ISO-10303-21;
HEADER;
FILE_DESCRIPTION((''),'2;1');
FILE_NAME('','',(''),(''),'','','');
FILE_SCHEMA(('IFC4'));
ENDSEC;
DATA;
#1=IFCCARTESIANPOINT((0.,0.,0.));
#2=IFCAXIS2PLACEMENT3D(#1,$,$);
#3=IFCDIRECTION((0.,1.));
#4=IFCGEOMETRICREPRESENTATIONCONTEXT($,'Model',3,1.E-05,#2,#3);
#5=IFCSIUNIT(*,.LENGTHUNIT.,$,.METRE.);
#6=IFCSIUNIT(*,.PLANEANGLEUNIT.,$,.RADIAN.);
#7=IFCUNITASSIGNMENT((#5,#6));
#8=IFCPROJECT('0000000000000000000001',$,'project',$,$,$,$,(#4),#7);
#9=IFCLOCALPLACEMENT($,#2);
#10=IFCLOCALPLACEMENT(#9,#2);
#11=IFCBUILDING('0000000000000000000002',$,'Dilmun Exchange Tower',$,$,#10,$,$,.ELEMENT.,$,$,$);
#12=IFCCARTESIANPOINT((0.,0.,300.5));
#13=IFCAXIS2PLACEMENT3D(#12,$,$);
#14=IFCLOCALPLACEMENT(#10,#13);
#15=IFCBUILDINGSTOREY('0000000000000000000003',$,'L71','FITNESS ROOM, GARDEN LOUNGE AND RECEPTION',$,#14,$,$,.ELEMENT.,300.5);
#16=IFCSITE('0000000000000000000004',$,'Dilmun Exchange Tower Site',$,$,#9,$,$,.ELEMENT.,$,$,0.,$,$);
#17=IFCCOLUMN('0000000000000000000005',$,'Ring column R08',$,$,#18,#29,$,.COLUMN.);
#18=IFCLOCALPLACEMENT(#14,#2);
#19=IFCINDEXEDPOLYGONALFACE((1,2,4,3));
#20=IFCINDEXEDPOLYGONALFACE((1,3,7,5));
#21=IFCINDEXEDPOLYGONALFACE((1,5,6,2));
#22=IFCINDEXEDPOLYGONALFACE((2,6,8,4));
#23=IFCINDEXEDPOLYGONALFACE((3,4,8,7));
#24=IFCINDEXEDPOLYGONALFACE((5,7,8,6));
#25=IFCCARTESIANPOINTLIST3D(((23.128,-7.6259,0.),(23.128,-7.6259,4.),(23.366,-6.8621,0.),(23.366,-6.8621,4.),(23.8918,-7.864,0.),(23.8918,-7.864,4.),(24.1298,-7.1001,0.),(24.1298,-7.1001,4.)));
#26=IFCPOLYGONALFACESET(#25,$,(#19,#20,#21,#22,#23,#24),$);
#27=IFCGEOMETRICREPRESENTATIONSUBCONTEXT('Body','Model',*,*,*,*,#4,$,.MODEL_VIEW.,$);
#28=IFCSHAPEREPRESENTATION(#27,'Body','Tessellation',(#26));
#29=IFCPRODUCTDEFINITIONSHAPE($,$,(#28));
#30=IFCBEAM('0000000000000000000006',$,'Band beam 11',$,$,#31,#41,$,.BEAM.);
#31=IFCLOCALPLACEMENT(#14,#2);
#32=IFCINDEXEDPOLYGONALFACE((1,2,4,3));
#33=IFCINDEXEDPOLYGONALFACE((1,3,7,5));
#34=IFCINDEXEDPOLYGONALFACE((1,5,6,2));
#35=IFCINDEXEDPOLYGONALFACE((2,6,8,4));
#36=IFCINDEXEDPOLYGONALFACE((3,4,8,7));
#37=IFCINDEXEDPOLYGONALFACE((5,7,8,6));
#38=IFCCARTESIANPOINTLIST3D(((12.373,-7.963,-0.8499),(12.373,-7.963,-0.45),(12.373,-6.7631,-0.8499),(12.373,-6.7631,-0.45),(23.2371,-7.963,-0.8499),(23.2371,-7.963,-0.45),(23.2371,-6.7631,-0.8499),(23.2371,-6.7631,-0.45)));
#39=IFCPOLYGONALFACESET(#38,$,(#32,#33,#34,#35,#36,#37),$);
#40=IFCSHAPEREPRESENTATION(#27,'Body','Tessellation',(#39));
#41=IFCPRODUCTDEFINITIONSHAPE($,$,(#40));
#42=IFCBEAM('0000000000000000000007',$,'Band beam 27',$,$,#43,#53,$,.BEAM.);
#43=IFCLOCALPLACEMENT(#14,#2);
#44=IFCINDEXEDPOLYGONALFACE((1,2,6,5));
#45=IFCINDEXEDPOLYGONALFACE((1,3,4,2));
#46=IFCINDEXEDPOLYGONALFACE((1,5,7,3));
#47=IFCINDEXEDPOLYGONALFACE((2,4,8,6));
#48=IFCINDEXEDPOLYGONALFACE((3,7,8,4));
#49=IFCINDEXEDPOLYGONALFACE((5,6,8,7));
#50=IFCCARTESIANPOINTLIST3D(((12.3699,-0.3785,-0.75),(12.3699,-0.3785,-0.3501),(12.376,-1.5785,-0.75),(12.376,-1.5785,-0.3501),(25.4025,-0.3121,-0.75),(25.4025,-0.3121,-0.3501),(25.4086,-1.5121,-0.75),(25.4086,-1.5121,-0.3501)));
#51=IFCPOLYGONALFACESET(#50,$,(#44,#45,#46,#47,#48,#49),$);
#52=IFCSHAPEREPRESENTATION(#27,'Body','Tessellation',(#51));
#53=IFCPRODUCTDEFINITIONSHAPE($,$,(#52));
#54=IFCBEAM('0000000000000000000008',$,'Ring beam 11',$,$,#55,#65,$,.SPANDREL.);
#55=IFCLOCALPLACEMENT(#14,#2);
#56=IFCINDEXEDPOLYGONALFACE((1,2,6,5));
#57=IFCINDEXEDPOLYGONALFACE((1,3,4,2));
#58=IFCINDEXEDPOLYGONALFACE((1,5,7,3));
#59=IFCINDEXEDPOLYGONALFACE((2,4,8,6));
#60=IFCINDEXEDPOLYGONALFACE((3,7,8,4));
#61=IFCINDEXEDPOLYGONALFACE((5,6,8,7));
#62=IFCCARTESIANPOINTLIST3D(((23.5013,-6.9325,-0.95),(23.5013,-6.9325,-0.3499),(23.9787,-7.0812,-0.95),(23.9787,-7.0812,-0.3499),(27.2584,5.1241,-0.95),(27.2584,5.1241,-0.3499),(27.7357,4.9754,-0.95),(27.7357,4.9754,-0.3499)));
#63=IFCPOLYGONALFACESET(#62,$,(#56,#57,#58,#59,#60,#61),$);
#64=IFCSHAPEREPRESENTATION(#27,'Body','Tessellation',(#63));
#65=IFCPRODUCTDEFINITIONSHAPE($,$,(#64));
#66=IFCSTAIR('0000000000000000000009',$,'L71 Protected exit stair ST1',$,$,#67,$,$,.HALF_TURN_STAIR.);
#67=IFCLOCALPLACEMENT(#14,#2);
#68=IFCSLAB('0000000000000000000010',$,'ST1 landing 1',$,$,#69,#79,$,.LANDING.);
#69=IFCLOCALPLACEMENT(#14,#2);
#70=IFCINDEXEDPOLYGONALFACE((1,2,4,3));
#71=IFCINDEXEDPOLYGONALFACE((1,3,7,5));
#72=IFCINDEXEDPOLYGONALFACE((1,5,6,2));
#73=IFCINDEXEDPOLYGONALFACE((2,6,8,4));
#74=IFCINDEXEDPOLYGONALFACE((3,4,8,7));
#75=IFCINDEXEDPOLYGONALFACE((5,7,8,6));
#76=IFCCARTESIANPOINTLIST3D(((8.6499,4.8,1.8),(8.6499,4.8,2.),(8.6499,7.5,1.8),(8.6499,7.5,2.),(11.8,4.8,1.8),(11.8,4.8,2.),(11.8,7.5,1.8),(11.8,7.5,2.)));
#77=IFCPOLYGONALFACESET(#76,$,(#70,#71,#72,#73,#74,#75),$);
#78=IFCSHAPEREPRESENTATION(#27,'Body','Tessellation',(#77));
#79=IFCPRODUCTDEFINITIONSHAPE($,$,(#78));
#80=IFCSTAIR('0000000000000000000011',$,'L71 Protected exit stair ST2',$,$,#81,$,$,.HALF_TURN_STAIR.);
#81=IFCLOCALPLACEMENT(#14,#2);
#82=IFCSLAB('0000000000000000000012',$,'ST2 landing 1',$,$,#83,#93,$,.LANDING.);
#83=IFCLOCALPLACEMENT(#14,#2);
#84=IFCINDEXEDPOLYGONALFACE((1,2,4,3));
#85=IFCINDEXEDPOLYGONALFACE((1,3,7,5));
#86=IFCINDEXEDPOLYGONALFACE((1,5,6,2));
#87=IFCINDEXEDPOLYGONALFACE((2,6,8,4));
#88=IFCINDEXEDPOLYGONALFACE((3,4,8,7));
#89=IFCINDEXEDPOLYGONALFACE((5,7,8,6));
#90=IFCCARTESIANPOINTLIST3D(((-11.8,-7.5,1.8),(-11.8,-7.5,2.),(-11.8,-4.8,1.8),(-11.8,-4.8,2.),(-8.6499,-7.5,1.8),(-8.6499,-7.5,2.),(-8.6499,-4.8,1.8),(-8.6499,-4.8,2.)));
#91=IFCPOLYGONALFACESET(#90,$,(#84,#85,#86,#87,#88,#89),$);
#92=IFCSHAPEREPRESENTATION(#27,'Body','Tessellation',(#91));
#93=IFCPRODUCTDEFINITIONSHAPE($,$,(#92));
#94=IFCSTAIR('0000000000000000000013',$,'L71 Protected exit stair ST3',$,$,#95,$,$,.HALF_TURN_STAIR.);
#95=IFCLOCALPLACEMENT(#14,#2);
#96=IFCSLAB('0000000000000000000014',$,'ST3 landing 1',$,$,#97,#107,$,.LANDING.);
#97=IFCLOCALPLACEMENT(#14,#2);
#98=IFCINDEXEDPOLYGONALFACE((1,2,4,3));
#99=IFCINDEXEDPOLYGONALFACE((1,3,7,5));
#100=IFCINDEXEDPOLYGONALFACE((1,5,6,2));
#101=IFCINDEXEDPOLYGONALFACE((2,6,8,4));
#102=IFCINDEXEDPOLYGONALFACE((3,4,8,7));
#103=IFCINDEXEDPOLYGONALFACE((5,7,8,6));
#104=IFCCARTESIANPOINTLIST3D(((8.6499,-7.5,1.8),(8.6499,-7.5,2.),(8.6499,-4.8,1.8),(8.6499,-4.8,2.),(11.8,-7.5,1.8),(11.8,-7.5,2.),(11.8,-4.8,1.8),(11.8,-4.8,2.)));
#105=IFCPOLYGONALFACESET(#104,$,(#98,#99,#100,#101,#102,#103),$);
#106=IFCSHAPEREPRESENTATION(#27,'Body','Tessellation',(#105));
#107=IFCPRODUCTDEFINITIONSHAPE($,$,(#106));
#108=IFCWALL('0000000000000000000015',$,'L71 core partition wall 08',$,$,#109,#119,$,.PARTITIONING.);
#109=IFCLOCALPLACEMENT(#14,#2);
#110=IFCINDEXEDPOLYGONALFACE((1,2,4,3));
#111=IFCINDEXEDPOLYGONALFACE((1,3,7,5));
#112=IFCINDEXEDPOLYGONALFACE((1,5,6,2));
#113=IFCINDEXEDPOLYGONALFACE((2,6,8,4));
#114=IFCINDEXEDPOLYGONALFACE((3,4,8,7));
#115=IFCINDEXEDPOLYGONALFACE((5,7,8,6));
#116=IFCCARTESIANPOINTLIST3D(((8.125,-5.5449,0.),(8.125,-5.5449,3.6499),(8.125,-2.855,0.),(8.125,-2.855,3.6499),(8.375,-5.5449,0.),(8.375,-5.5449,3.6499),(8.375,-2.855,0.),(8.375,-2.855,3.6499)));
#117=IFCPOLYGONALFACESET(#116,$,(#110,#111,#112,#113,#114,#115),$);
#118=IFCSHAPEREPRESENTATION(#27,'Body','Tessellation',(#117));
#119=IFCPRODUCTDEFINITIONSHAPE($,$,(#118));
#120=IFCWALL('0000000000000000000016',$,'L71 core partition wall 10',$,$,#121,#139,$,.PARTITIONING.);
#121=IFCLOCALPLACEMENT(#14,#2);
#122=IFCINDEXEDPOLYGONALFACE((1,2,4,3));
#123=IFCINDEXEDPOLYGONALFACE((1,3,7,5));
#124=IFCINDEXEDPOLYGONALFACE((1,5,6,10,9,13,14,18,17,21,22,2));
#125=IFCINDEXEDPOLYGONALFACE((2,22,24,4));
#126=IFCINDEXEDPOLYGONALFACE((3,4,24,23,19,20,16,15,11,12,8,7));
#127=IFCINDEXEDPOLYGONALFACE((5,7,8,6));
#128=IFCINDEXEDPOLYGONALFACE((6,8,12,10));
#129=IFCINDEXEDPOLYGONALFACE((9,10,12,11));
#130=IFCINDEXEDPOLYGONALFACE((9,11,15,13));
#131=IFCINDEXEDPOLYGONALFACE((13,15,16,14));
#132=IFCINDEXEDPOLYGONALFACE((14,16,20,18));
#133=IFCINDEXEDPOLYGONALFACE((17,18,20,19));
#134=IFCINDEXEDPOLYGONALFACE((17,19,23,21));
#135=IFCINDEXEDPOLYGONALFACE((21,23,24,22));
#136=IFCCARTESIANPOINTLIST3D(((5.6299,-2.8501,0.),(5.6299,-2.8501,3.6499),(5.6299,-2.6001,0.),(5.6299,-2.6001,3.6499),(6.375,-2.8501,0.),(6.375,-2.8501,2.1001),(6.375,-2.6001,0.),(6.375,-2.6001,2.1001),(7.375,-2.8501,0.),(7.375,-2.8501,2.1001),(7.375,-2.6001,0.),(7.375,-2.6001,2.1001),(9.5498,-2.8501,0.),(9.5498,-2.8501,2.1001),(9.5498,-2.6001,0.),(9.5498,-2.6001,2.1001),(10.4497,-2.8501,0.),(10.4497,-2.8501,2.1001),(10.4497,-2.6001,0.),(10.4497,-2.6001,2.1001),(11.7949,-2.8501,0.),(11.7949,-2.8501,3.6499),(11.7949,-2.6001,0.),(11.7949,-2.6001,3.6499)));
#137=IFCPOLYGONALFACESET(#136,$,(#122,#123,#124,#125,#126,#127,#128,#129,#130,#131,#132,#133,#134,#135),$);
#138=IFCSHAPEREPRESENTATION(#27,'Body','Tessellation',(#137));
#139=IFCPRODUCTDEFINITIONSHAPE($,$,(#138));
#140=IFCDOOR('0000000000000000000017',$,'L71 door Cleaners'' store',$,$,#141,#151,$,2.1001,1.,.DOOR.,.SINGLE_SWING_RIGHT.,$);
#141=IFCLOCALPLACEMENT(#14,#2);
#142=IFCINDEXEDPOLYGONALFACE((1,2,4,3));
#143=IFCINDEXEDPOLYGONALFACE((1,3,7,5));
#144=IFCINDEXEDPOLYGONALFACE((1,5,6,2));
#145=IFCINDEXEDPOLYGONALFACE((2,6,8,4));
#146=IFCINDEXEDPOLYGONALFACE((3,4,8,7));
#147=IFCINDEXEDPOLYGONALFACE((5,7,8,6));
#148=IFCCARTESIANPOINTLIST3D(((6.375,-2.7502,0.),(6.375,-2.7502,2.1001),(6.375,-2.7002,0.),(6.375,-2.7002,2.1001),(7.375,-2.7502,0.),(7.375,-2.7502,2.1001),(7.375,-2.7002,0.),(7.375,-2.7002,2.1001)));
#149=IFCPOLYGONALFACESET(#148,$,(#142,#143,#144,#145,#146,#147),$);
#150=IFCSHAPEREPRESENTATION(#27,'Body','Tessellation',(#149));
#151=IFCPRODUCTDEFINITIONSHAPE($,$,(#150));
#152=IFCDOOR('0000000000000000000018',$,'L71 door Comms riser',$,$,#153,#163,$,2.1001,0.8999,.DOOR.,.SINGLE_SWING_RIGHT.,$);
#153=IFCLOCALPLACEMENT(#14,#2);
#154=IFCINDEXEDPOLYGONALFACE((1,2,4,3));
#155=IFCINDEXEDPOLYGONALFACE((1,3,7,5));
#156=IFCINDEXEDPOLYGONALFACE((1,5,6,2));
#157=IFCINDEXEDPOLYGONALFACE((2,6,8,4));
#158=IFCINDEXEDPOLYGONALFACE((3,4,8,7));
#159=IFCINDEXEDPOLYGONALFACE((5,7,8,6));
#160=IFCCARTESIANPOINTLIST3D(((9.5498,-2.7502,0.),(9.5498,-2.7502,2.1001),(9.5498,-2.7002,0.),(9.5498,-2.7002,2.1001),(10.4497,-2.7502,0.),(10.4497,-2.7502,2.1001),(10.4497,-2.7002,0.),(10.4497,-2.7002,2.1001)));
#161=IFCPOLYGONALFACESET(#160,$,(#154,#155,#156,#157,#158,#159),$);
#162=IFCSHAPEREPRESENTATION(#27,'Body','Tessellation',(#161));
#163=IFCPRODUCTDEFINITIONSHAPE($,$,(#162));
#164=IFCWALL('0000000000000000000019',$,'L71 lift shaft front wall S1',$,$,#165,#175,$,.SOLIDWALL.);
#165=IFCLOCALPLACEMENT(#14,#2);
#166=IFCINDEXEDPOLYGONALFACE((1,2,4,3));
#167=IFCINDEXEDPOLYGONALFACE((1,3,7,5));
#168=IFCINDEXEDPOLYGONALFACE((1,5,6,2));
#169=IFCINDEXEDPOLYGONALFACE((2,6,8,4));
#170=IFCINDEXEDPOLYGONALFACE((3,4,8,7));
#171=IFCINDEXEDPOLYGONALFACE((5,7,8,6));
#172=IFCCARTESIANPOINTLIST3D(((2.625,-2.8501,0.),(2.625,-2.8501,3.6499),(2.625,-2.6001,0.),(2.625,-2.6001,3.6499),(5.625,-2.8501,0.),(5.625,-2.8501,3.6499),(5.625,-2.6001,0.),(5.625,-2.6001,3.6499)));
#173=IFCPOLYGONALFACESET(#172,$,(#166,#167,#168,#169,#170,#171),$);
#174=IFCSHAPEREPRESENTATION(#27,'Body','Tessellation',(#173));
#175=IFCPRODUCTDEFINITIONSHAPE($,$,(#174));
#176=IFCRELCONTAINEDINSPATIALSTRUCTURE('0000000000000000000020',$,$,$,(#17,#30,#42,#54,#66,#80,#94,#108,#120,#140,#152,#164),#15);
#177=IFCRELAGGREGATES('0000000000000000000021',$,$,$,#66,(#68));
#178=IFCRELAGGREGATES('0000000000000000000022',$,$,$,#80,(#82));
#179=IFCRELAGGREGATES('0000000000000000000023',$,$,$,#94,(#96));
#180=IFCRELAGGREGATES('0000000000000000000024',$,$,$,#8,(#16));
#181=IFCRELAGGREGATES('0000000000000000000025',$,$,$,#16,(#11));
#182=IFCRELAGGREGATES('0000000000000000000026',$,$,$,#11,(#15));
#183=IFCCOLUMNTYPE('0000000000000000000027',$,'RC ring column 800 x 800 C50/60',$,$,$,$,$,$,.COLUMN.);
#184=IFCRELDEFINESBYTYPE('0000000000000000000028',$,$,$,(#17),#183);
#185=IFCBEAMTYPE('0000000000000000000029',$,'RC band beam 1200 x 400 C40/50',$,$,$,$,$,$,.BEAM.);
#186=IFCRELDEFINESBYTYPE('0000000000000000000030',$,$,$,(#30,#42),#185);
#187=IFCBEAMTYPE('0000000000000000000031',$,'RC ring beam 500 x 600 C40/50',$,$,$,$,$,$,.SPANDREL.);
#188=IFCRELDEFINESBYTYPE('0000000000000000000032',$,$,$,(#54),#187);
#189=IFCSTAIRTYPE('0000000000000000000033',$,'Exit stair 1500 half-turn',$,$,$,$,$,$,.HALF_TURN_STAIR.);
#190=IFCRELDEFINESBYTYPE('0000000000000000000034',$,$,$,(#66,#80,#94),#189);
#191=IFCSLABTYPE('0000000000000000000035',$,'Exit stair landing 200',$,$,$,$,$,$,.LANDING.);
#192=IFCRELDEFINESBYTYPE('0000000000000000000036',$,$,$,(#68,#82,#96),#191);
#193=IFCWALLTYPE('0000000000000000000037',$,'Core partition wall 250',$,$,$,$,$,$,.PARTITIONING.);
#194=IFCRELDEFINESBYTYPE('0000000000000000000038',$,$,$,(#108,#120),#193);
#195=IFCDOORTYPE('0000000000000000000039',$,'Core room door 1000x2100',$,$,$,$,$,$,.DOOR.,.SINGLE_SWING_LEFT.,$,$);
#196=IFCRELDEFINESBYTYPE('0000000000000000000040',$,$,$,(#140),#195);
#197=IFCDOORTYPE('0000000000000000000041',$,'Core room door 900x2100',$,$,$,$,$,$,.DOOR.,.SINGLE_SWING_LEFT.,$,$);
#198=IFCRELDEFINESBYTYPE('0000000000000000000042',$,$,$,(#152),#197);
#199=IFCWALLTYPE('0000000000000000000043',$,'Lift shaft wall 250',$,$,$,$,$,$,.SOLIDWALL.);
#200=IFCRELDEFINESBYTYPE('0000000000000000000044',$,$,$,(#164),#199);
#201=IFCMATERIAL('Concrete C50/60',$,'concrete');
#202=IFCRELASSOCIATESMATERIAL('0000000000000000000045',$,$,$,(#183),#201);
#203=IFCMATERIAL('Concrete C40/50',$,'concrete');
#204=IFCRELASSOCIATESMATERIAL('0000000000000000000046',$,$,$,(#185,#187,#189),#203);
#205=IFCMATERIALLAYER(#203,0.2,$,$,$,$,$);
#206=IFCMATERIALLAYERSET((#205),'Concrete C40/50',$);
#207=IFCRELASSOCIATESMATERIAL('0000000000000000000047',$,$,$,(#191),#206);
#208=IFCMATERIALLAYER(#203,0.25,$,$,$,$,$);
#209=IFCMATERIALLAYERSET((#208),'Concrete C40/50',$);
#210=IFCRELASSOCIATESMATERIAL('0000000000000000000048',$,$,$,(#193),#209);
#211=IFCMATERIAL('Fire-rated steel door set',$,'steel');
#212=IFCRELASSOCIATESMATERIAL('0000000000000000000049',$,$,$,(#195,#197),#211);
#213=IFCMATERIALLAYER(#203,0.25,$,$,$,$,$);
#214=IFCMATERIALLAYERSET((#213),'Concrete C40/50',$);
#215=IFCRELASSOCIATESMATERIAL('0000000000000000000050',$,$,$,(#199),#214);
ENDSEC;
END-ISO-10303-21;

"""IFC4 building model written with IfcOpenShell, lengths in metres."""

from ifc_helpers import new_model, si_unit, direction, frame, frame_2d, origin, origin_2d, place, context, subcontext, project, spatial, polyline, rectangle, outline, extrude, material, layer, layer_set, material_profile, profile_set, type_object, element, fill, aggregate, save


model = new_model("IFC4")

# Units and contexts
model_context = context("Model", 3, precision=1e-05, world=origin(), true_north=direction((0.0, 1.0)))
body_context = subcontext(model_context, "Body", "Model", "MODEL_VIEW")
ifc_project = project(units=[si_unit("LENGTHUNIT", "METRE"), si_unit("PLANEANGLEUNIT", "RADIAN")], contexts=[model_context])

# Site, building, storey
site_placement = place(None, origin())
site = spatial("IfcSite", under=ifc_project, at=site_placement, Name="Dilmun Exchange Tower Site", CompositionType="ELEMENT", RefElevation=0.0)
building_placement = place(site_placement, origin())
building = spatial("IfcBuilding", under=site, at=building_placement, Name="Dilmun Exchange Tower", CompositionType="ELEMENT")
storey_placement = place(building_placement, frame((0.0, 0.0, 300.5)))
storey = spatial("IfcBuildingStorey", under=building, at=storey_placement, Name="L71", Description="FITNESS ROOM, GARDEN LOUNGE AND RECEPTION", CompositionType="ELEMENT", Elevation=300.5)

# Column
ifc_material_1 = material(Name="Concrete C50/60", Category="concrete")
ifc_material_profile_1 = material_profile(ifc_material_1, rectangle(XDim=0.8, YDim=0.8, at=origin_2d()), Name="800 x 800")
ifc_profile_set_1 = profile_set([ifc_material_profile_1], Name="Concrete C50/60")
column_type = type_object("IfcColumnType", Name="RC ring column 800 x 800 C50/60", PredefinedType="COLUMN", material=ifc_profile_set_1)
column_placement = place(storey_placement, frame((23.6289, -7.363, 0.0), z_axis=(0.0, 0.0, 1.0), x_axis=(0.297503, 0.954721, 0.0)))
element("IfcColumn", 1, at=column_placement, inside=storey, type_object=column_type, Name="Ring column R08", PredefinedType="COLUMN", context=body_context, shape_type="SweptSolid", body=[
    extrude(rectangle(XDim=0.8, YDim=0.8, at=origin_2d()), origin(), (0.0, 0.0, 1.0), 4.0),
])

# Beams
ifc_material_2 = material(Name="Concrete C40/50", Category="concrete")
ifc_material_profile_2 = material_profile(ifc_material_2, rectangle(XDim=1.2, YDim=0.3999, at=origin_2d()), Name="1200 x 400")
ifc_profile_set_2 = profile_set([ifc_material_profile_2], Name="Concrete C40/50")
beam_type_1 = type_object("IfcBeamType", Name="RC band beam 1200 x 400 C40/50", PredefinedType="BEAM", material=ifc_profile_set_2)
beam_1_placement = place(storey_placement, frame((23.2371, -7.363, -0.6499), z_axis=(-1.0, 0.0, 0.0), x_axis=(0.0, -1.0, 0.0)))
element("IfcBeam", 2, at=beam_1_placement, inside=storey, type_object=beam_type_1, Name="Band beam 11", PredefinedType="BEAM", context=body_context, shape_type="SweptSolid", body=[
    extrude(rectangle(XDim=1.2, YDim=0.3999, at=origin_2d()), origin(), (0.0, 0.0, 1.0), 10.864),
])
beam_2_placement = place(storey_placement, frame((25.4055, -0.9121, -0.55), z_axis=(-0.999987, -0.005095, 0.0), x_axis=(0.005095, -0.999987, 0.0)))
element("IfcBeam", 3, at=beam_2_placement, inside=storey, type_object=beam_type_1, Name="Band beam 27", PredefinedType="BEAM", context=body_context, shape_type="SweptSolid", body=[
    extrude(rectangle(XDim=1.2, YDim=0.3999, at=origin_2d()), origin(), (0.0, 0.0, 1.0), 13.0327),
])
ifc_material_profile_3 = material_profile(ifc_material_2, rectangle(XDim=0.5, YDim=0.6001, at=origin_2d()), Name="500 x 600")
ifc_profile_set_3 = profile_set([ifc_material_profile_3], Name="Concrete C40/50")
beam_type_2 = type_object("IfcBeamType", Name="RC ring beam 500 x 600 C40/50", PredefinedType="SPANDREL", material=ifc_profile_set_3)
beam_3_placement = place(storey_placement, frame((23.74, -7.0068, -0.6499), z_axis=(0.297509, 0.954719, 0.0), x_axis=(-0.954719, 0.297509, 0.0)))
element("IfcBeam", 4, at=beam_3_placement, inside=storey, type_object=beam_type_2, Name="Ring beam 11", PredefinedType="SPANDREL", context=body_context, shape_type="SweptSolid", body=[
    extrude(rectangle(XDim=0.5, YDim=0.6001, at=origin_2d()), origin(), (0.0, 0.0, 1.0), 12.6284),
])

# Stairs, slabs
stair_type = type_object("IfcStairType", Name="Exit stair 1500 half-turn", PredefinedType="HALF_TURN_STAIR", material=ifc_material_2)
stair_1_placement = place(storey_placement, origin())
stair_1 = element("IfcStair", 5, at=stair_1_placement, inside=storey, type_object=stair_type, Name="L71 Protected exit stair ST1", PredefinedType="HALF_TURN_STAIR")
ifc_layer_1 = layer(ifc_material_2, 0.2)
ifc_layer_set_1 = layer_set([ifc_layer_1], Name="Concrete C40/50")
slab_type = type_object("IfcSlabType", Name="Exit stair landing 200", PredefinedType="LANDING", material=ifc_layer_set_1)
slab_1_placement = place(storey_placement, frame((0.0, 0.0, 1.8)))
slab_1 = element("IfcSlab", 6, at=slab_1_placement, type_object=slab_type, Name="ST1 landing 1", PredefinedType="LANDING", context=body_context, shape_type="SweptSolid", body=[
    extrude(outline(polyline([(8.6499, 7.5), (8.6499, 4.8), (11.8, 4.8), (11.8, 7.5), (8.6499, 7.5)])), origin(), (0.0, 0.0, 1.0), 0.2),
])
aggregate(stair_1, [slab_1])
stair_2_placement = place(storey_placement, origin())
stair_2 = element("IfcStair", 7, at=stair_2_placement, inside=storey, type_object=stair_type, Name="L71 Protected exit stair ST2", PredefinedType="HALF_TURN_STAIR")
slab_2_placement = place(storey_placement, frame((0.0, 0.0, 1.8)))
slab_2 = element("IfcSlab", 8, at=slab_2_placement, type_object=slab_type, Name="ST2 landing 1", PredefinedType="LANDING", context=body_context, shape_type="SweptSolid", body=[
    extrude(outline(polyline([(-8.6499, -7.5), (-8.6499, -4.8), (-11.8, -4.8), (-11.8, -7.5), (-8.6499, -7.5)])), origin(), (0.0, 0.0, 1.0), 0.2),
])
aggregate(stair_2, [slab_2])
stair_3_placement = place(storey_placement, origin())
stair_3 = element("IfcStair", 9, at=stair_3_placement, inside=storey, type_object=stair_type, Name="L71 Protected exit stair ST3", PredefinedType="HALF_TURN_STAIR")
slab_3_placement = place(storey_placement, frame((0.0, 0.0, 1.8)))
slab_3 = element("IfcSlab", 10, at=slab_3_placement, type_object=slab_type, Name="ST3 landing 1", PredefinedType="LANDING", context=body_context, shape_type="SweptSolid", body=[
    extrude(outline(polyline([(11.8, -7.5), (11.8, -4.8), (8.6499, -4.8), (8.6499, -7.5), (11.8, -7.5)])), origin(), (0.0, 0.0, 1.0), 0.2),
])

# Wall
ifc_layer_2 = layer(ifc_material_2, 0.25)
ifc_layer_set_2 = layer_set([ifc_layer_2], Name="Concrete C40/50")
wall_type_1 = type_object("IfcWallType", Name="Core partition wall 250", PredefinedType="PARTITIONING", material=ifc_layer_set_2)
wall_1_placement = place(storey_placement, frame((8.25, -5.5449, 0.0), z_axis=(0.0, 0.0, 1.0), x_axis=(0.0, 1.0, 0.0)))
element("IfcWall", 11, at=wall_1_placement, inside=storey, type_object=wall_type_1, Name="L71 core partition wall 08", PredefinedType="PARTITIONING", context=body_context, shape_type="SweptSolid", body=[
    extrude(rectangle(XDim=2.6899, YDim=0.25, at=frame_2d((1.345, 0.0))), origin(), (0.0, 0.0, 1.0), 3.6499),
])

# Wall, openings, doors
wall_2_placement = place(storey_placement, frame((5.6299, -2.7251, 0.0), z_axis=(0.0, 0.0, 1.0), x_axis=(1.0, 0.0, 0.0)))
wall_2 = element("IfcWall", 12, at=wall_2_placement, inside=storey, type_object=wall_type_1, Name="L71 core partition wall 10", PredefinedType="PARTITIONING", context=body_context, shape_type="SweptSolid", body=[
    extrude(rectangle(XDim=6.165, YDim=0.25, at=frame_2d((3.0825, 0.0))), origin(), (0.0, 0.0, 1.0), 3.6499),
])
opening_1_placement = place(wall_2_placement, frame((0.7451, 0.0, 0.0)))
opening_1 = element("IfcOpeningElement", 13, at=opening_1_placement, cuts=wall_2, PredefinedType="OPENING", context=body_context, shape_type="SweptSolid", body=[
    extrude(rectangle(XDim=1.0, YDim=2.1001, at=frame_2d((0.5, 1.05))), frame((0.0, 0.135, 0.0), z_axis=(0.0, -1.0, 0.0), x_axis=(1.0, 0.0, 0.0)), (0.0, 0.0, 1.0), 0.27),
])
opening_2_placement = place(wall_2_placement, frame((3.9199, 0.0, 0.0)))
opening_2 = element("IfcOpeningElement", 14, at=opening_2_placement, cuts=wall_2, PredefinedType="OPENING", context=body_context, shape_type="SweptSolid", body=[
    extrude(rectangle(XDim=0.8999, YDim=2.1001, at=frame_2d((0.45, 1.05))), frame((0.0, 0.135, 0.0), z_axis=(0.0, -1.0, 0.0), x_axis=(1.0, 0.0, 0.0)), (0.0, 0.0, 1.0), 0.27),
])
ifc_material_3 = material(Name="Fire-rated steel door set", Category="steel")
door_type_1 = type_object("IfcDoorType", Name="Core room door 1000x2100", OperationType="SINGLE_SWING_LEFT", PredefinedType="DOOR", material=ifc_material_3)
door_1_placement = place(opening_1_placement, origin())
door_1 = element("IfcDoor", 15, at=door_1_placement, inside=storey, type_object=door_type_1, Name="L71 door Cleaners' store", OperationType="SINGLE_SWING_RIGHT", OverallHeight=2.1001, OverallWidth=1.0, PredefinedType="DOOR", context=body_context, shape_type="SweptSolid", body=[
    extrude(rectangle(XDim=1.0, YDim=2.1001, at=frame_2d((0.5, 1.05))), frame((0.0, 0.0249, 0.0), z_axis=(0.0, -1.0, 0.0), x_axis=(1.0, 0.0, 0.0)), (0.0, 0.0, 1.0), 0.05),
])
fill(opening_1, door_1)
door_type_2 = type_object("IfcDoorType", Name="Core room door 900x2100", OperationType="SINGLE_SWING_LEFT", PredefinedType="DOOR", material=ifc_material_3)
door_2_placement = place(opening_2_placement, origin())
door_2 = element("IfcDoor", 16, at=door_2_placement, inside=storey, type_object=door_type_2, Name="L71 door Comms riser", OperationType="SINGLE_SWING_RIGHT", OverallHeight=2.1001, OverallWidth=0.8999, PredefinedType="DOOR", context=body_context, shape_type="SweptSolid", body=[
    extrude(rectangle(XDim=0.8999, YDim=2.1001, at=frame_2d((0.45, 1.05))), frame((0.0, 0.0249, 0.0), z_axis=(0.0, -1.0, 0.0), x_axis=(1.0, 0.0, 0.0)), (0.0, 0.0, 1.0), 0.05),
])
fill(opening_2, door_2)

# Wall
ifc_layer_3 = layer(ifc_material_2, 0.25)
ifc_layer_set_3 = layer_set([ifc_layer_3], Name="Concrete C40/50")
wall_type_2 = type_object("IfcWallType", Name="Lift shaft wall 250", PredefinedType="SOLIDWALL", material=ifc_layer_set_3)
wall_3_placement = place(storey_placement, frame((2.625, -2.7251, 0.0), z_axis=(0.0, 0.0, 1.0), x_axis=(1.0, 0.0, 0.0)))
element("IfcWall", 17, at=wall_3_placement, inside=storey, type_object=wall_type_2, Name="L71 lift shaft front wall S1", PredefinedType="SOLIDWALL", context=body_context, shape_type="SweptSolid", body=[
    extrude(rectangle(XDim=3.0, YDim=0.25, at=frame_2d((1.5, 0.0))), origin(), (0.0, 0.0, 1.0), 3.6499),
])

aggregate(stair_3, [slab_3])

save(model, "model.ifc")
